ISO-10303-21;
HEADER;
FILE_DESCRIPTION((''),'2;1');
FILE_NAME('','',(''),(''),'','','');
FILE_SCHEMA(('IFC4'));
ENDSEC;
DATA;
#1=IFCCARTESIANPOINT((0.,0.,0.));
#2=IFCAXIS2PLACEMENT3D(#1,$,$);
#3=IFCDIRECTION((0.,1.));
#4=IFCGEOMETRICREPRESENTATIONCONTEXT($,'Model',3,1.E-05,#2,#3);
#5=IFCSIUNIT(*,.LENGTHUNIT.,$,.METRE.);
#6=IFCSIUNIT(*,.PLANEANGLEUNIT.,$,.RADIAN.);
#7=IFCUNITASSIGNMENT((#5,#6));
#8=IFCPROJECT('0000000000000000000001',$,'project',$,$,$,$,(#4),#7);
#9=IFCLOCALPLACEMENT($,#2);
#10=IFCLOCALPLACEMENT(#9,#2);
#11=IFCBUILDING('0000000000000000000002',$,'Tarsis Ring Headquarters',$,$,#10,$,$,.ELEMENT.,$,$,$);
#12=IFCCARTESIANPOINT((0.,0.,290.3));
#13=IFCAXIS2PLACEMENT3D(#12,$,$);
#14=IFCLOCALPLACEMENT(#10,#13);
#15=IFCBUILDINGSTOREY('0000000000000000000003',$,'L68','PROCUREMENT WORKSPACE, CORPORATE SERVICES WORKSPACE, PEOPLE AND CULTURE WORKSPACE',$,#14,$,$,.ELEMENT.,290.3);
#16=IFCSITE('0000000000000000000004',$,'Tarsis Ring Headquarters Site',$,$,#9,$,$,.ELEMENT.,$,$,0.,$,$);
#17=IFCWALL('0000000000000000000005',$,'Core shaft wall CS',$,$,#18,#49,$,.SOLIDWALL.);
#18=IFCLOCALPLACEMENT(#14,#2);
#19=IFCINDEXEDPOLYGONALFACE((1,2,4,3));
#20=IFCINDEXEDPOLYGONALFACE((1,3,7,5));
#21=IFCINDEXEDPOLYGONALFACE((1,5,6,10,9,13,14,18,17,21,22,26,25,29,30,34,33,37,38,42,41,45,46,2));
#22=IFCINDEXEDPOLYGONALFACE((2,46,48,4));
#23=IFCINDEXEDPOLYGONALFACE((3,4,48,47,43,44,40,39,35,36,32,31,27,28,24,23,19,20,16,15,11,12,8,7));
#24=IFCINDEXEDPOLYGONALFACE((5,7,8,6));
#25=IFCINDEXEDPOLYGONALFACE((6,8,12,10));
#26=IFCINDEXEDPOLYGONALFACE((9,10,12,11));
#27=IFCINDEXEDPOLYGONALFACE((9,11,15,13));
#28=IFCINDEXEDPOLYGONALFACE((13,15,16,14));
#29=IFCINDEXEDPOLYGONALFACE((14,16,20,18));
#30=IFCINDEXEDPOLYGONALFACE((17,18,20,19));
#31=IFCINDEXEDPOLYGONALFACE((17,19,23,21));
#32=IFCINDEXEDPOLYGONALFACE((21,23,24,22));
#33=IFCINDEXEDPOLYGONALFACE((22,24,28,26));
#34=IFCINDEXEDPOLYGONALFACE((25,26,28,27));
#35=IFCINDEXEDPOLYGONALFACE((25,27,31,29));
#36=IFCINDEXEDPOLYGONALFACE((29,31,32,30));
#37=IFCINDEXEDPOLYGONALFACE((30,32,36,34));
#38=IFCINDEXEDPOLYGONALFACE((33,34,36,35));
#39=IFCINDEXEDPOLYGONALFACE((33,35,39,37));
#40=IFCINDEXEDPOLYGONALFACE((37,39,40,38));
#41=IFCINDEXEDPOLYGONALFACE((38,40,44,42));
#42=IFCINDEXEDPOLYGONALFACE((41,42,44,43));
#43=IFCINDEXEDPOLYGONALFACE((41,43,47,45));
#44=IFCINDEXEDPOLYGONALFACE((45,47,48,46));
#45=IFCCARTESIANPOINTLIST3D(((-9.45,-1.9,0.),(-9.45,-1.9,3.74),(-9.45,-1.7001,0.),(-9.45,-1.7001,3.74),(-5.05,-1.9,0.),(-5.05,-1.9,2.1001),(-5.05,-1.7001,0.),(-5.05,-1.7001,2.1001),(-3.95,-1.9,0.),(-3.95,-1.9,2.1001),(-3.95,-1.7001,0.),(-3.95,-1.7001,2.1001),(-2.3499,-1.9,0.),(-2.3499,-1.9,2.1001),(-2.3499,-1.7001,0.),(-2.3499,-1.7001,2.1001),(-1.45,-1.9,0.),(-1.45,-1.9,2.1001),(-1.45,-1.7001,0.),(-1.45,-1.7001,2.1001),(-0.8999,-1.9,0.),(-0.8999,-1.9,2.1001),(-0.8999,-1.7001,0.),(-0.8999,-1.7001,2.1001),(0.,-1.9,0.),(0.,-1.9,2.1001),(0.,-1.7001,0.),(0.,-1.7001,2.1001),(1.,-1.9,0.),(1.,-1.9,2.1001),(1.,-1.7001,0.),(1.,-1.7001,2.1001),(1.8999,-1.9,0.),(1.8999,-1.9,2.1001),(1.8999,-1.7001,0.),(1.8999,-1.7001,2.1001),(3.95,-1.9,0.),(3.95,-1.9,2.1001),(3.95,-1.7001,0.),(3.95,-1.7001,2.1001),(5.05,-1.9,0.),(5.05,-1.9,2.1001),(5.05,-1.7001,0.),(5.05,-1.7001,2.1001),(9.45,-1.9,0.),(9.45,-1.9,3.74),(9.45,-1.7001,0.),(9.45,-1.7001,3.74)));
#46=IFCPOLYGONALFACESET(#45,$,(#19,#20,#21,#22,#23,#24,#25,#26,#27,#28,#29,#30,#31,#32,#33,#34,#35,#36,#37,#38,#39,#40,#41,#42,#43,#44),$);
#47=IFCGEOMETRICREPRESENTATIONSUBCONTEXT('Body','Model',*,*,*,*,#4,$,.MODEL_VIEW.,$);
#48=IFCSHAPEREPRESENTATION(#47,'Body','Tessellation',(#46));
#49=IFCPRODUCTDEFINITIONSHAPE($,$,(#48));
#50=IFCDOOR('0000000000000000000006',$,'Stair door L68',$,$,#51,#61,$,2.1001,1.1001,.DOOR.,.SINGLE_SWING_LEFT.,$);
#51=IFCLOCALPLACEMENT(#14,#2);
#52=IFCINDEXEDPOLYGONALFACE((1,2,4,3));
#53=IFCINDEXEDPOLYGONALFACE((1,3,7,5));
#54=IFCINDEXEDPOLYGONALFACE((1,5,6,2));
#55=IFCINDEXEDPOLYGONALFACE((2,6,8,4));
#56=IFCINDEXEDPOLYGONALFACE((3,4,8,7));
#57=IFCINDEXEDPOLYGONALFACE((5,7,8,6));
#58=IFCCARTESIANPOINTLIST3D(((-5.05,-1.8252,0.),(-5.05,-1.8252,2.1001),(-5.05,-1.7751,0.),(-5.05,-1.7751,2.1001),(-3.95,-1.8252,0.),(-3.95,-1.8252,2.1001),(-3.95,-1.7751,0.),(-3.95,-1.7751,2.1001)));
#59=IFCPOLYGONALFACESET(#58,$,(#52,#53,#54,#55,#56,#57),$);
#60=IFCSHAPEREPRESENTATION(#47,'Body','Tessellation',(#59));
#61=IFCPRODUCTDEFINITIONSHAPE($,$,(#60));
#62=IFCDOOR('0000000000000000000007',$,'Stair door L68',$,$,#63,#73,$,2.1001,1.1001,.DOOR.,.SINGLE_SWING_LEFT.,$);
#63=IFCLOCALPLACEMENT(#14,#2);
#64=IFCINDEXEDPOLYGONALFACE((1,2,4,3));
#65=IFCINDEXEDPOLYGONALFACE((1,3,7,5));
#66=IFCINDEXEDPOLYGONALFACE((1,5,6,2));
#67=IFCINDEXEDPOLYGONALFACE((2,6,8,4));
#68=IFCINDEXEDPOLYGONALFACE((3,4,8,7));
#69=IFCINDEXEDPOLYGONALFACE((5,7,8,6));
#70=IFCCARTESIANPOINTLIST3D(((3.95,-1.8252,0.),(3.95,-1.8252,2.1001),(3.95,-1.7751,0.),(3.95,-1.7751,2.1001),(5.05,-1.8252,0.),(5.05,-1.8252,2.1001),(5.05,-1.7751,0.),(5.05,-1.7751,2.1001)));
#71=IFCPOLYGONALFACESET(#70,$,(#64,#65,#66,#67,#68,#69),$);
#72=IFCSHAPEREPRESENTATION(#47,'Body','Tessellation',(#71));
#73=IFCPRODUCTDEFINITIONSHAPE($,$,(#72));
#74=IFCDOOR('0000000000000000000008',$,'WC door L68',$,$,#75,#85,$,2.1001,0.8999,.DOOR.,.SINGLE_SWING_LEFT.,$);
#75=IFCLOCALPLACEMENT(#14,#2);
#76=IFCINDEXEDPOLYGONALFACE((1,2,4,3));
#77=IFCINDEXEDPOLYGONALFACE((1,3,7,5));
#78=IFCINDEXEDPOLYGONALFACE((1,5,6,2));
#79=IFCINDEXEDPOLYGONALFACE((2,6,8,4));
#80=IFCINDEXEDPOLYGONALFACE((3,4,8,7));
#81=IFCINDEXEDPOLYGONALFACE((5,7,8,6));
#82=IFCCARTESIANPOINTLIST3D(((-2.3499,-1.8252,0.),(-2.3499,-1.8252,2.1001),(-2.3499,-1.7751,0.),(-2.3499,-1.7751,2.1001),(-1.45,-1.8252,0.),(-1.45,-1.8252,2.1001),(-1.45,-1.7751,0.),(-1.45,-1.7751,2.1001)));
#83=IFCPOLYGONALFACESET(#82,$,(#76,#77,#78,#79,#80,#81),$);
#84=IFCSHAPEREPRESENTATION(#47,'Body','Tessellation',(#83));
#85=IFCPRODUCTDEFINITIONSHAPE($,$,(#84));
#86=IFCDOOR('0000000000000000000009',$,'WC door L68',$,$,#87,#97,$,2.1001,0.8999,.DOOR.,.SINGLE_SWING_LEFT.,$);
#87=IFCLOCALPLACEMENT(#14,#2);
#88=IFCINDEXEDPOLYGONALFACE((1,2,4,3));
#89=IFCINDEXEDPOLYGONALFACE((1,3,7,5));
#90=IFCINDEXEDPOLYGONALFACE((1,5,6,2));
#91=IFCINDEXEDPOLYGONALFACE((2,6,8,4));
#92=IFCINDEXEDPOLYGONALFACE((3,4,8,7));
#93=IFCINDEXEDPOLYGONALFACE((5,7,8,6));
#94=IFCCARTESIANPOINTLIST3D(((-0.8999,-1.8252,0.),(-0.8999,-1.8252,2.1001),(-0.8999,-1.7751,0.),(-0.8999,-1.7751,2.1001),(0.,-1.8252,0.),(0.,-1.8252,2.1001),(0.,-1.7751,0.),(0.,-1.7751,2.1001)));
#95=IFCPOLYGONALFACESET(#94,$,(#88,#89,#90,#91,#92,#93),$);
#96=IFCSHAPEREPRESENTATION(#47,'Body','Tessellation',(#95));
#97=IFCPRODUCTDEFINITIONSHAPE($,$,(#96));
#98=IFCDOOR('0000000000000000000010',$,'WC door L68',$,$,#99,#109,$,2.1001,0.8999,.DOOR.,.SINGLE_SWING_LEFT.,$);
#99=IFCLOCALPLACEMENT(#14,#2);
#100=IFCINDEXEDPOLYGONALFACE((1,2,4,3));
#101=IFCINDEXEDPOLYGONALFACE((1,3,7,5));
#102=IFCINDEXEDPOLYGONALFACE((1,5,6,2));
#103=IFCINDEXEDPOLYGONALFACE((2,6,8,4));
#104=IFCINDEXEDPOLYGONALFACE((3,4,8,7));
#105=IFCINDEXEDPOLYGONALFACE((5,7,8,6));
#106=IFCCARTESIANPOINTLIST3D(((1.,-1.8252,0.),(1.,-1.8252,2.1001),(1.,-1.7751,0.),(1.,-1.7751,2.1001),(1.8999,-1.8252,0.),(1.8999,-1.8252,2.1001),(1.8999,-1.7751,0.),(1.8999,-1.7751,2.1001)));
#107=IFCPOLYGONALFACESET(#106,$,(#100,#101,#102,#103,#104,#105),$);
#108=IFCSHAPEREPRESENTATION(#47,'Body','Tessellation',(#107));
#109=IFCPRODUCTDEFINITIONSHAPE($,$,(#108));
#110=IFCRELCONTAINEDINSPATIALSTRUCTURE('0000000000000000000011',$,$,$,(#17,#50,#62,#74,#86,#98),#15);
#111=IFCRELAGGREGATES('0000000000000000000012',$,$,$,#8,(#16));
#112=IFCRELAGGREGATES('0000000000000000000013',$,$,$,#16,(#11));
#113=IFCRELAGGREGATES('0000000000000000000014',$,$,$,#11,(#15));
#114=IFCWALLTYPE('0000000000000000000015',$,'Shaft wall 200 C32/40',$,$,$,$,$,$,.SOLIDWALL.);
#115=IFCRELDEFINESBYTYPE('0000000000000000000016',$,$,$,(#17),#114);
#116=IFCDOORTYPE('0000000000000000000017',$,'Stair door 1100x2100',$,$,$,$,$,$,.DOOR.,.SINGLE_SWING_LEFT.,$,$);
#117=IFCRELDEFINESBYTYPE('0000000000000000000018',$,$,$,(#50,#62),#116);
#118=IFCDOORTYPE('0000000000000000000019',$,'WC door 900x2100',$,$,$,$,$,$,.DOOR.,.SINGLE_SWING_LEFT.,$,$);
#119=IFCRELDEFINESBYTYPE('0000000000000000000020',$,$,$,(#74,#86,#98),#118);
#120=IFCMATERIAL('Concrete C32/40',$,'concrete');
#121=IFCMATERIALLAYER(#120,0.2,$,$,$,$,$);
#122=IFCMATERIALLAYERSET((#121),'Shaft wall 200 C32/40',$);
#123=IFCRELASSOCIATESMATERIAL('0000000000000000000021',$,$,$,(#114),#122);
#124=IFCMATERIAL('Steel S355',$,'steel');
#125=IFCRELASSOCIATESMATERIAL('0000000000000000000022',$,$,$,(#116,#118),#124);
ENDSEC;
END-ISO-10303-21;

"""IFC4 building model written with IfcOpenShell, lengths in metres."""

from ifc_helpers import new_model, si_unit, direction, frame, frame_2d, origin, place, context, subcontext, project, spatial, rectangle, extrude, material, layer, layer_set, type_object, element, fill, save


model = new_model("IFC4")

# Units and contexts
model_context = context("Model", 3, precision=1e-05, world=origin(), true_north=direction((0.0, 1.0)))
body_context = subcontext(model_context, "Body", "Model", "MODEL_VIEW")
ifc_project = project(units=[si_unit("LENGTHUNIT", "METRE"), si_unit("PLANEANGLEUNIT", "RADIAN")], contexts=[model_context])

# Site, building, storey
site_placement = place(None, origin())
site = spatial("IfcSite", under=ifc_project, at=site_placement, Name="Tarsis Ring Headquarters Site", CompositionType="ELEMENT", RefElevation=0.0)
building_placement = place(site_placement, origin())
building = spatial("IfcBuilding", under=site, at=building_placement, Name="Tarsis Ring Headquarters", CompositionType="ELEMENT")
storey_placement = place(building_placement, frame((0.0, 0.0, 290.3)))
storey = spatial("IfcBuildingStorey", under=building, at=storey_placement, Name="L68", Description="PROCUREMENT WORKSPACE, CORPORATE SERVICES WORKSPACE, PEOPLE AND CULTURE WORKSPACE", CompositionType="ELEMENT", Elevation=290.3)

# Wall, openings, doors
ifc_material_1 = material(Name="Concrete C32/40", Category="concrete")
ifc_layer_1 = layer(ifc_material_1, 0.2)
ifc_layer_set_1 = layer_set([ifc_layer_1], Name="Shaft wall 200 C32/40")
wall_type_1 = type_object("IfcWallType", Name="Shaft wall 200 C32/40", PredefinedType="SOLIDWALL", material=ifc_layer_set_1)
ifc_material_2 = material(Name="Steel S355", Category="steel")
door_type_1 = type_object("IfcDoorType", Name="Stair door 1100x2100", OperationType="SINGLE_SWING_LEFT", PredefinedType="DOOR", material=ifc_material_2)
wall_1_placement = place(storey_placement, frame((-9.45, -1.8, 0.0), z_axis=(0.0, 0.0, 1.0), x_axis=(1.0, 0.0, 0.0)))
wall_1 = element("IfcWall", 1, at=wall_1_placement, inside=storey, type_object=wall_type_1, Name="Core shaft wall CS", PredefinedType="SOLIDWALL", context=body_context, shape_type="SweptSolid", body=[
    extrude(rectangle(XDim=18.8999, YDim=0.2, at=frame_2d((9.45, 0.0))), origin(), (0.0, 0.0, 1.0), 3.74),
])
opening_1_placement = place(wall_1_placement, frame((4.3999, 0.0, 0.0)))
opening_1 = element("IfcOpeningElement", 2, at=opening_1_placement, cuts=wall_1, PredefinedType="OPENING", context=body_context, shape_type="SweptSolid", body=[
    extrude(rectangle(XDim=1.1001, YDim=2.1001, at=frame_2d((0.55, 1.05))), frame((0.0, 0.1099, 0.0), z_axis=(0.0, -1.0, 0.0), x_axis=(1.0, 0.0, 0.0)), (0.0, 0.0, 1.0), 0.22),
])
opening_2_placement = place(wall_1_placement, frame((7.1001, 0.0, 0.0)))
opening_2 = element("IfcOpeningElement", 3, at=opening_2_placement, cuts=wall_1, PredefinedType="OPENING", context=body_context, shape_type="SweptSolid", body=[
    extrude(rectangle(XDim=0.8999, YDim=2.1001, at=frame_2d((0.45, 1.05))), frame((0.0, 0.1099, 0.0), z_axis=(0.0, -1.0, 0.0), x_axis=(1.0, 0.0, 0.0)), (0.0, 0.0, 1.0), 0.22),
])
opening_3_placement = place(wall_1_placement, frame((8.55, 0.0, 0.0)))
opening_3 = element("IfcOpeningElement", 4, at=opening_3_placement, cuts=wall_1, PredefinedType="OPENING", context=body_context, shape_type="SweptSolid", body=[
    extrude(rectangle(XDim=0.8999, YDim=2.1001, at=frame_2d((0.45, 1.05))), frame((0.0, 0.1099, 0.0), z_axis=(0.0, -1.0, 0.0), x_axis=(1.0, 0.0, 0.0)), (0.0, 0.0, 1.0), 0.22),
])
opening_4_placement = place(wall_1_placement, frame((10.45, 0.0, 0.0)))
opening_4 = element("IfcOpeningElement", 5, at=opening_4_placement, cuts=wall_1, PredefinedType="OPENING", context=body_context, shape_type="SweptSolid", body=[
    extrude(rectangle(XDim=0.8999, YDim=2.1001, at=frame_2d((0.45, 1.05))), frame((0.0, 0.1099, 0.0), z_axis=(0.0, -1.0, 0.0), x_axis=(1.0, 0.0, 0.0)), (0.0, 0.0, 1.0), 0.22),
])
opening_5_placement = place(wall_1_placement, frame((13.3999, 0.0, 0.0)))
opening_5 = element("IfcOpeningElement", 6, at=opening_5_placement, cuts=wall_1, PredefinedType="OPENING", context=body_context, shape_type="SweptSolid", body=[
    extrude(rectangle(XDim=1.1001, YDim=2.1001, at=frame_2d((0.55, 1.05))), frame((0.0, 0.1099, 0.0), z_axis=(0.0, -1.0, 0.0), x_axis=(1.0, 0.0, 0.0)), (0.0, 0.0, 1.0), 0.22),
])
door_1_placement = place(opening_1_placement, origin())
door_1 = element("IfcDoor", 7, at=door_1_placement, inside=storey, type_object=door_type_1, Name="Stair door L68", OperationType="SINGLE_SWING_LEFT", OverallHeight=2.1001, OverallWidth=1.1001, PredefinedType="DOOR", context=body_context, shape_type="SweptSolid", body=[
    extrude(rectangle(XDim=1.1001, YDim=2.1001, at=frame_2d((0.55, 1.05))), frame((0.0, 0.0249, 0.0), z_axis=(0.0, -1.0, 0.0), x_axis=(1.0, 0.0, 0.0)), (0.0, 0.0, 1.0), 0.05),
])
fill(opening_1, door_1)
door_2_placement = place(opening_5_placement, origin())
door_2 = element("IfcDoor", 8, at=door_2_placement, inside=storey, type_object=door_type_1, Name="Stair door L68", OperationType="SINGLE_SWING_LEFT", OverallHeight=2.1001, OverallWidth=1.1001, PredefinedType="DOOR", context=body_context, shape_type="SweptSolid", body=[
    extrude(rectangle(XDim=1.1001, YDim=2.1001, at=frame_2d((0.55, 1.05))), frame((0.0, 0.0249, 0.0), z_axis=(0.0, -1.0, 0.0), x_axis=(1.0, 0.0, 0.0)), (0.0, 0.0, 1.0), 0.05),
])
fill(opening_5, door_2)
door_type_2 = type_object("IfcDoorType", Name="WC door 900x2100", OperationType="SINGLE_SWING_LEFT", PredefinedType="DOOR", material=ifc_material_2)
door_3_placement = place(opening_2_placement, origin())
door_3 = element("IfcDoor", 9, at=door_3_placement, inside=storey, type_object=door_type_2, Name="WC door L68", OperationType="SINGLE_SWING_LEFT", OverallHeight=2.1001, OverallWidth=0.8999, PredefinedType="DOOR", context=body_context, shape_type="SweptSolid", body=[
    extrude(rectangle(XDim=0.8999, YDim=2.1001, at=frame_2d((0.45, 1.05))), frame((0.0, 0.0249, 0.0), z_axis=(0.0, -1.0, 0.0), x_axis=(1.0, 0.0, 0.0)), (0.0, 0.0, 1.0), 0.05),
])
fill(opening_2, door_3)
door_4_placement = place(opening_3_placement, origin())
door_4 = element("IfcDoor", 10, at=door_4_placement, inside=storey, type_object=door_type_2, Name="WC door L68", OperationType="SINGLE_SWING_LEFT", OverallHeight=2.1001, OverallWidth=0.8999, PredefinedType="DOOR", context=body_context, shape_type="SweptSolid", body=[
    extrude(rectangle(XDim=0.8999, YDim=2.1001, at=frame_2d((0.45, 1.05))), frame((0.0, 0.0249, 0.0), z_axis=(0.0, -1.0, 0.0), x_axis=(1.0, 0.0, 0.0)), (0.0, 0.0, 1.0), 0.05),
])
fill(opening_3, door_4)
door_5_placement = place(opening_4_placement, origin())
door_5 = element("IfcDoor", 11, at=door_5_placement, inside=storey, type_object=door_type_2, Name="WC door L68", OperationType="SINGLE_SWING_LEFT", OverallHeight=2.1001, OverallWidth=0.8999, PredefinedType="DOOR", context=body_context, shape_type="SweptSolid", body=[
    extrude(rectangle(XDim=0.8999, YDim=2.1001, at=frame_2d((0.45, 1.05))), frame((0.0, 0.0249, 0.0), z_axis=(0.0, -1.0, 0.0), x_axis=(1.0, 0.0, 0.0)), (0.0, 0.0, 1.0), 0.05),
])
fill(opening_4, door_5)

save(model, "model.ifc")
